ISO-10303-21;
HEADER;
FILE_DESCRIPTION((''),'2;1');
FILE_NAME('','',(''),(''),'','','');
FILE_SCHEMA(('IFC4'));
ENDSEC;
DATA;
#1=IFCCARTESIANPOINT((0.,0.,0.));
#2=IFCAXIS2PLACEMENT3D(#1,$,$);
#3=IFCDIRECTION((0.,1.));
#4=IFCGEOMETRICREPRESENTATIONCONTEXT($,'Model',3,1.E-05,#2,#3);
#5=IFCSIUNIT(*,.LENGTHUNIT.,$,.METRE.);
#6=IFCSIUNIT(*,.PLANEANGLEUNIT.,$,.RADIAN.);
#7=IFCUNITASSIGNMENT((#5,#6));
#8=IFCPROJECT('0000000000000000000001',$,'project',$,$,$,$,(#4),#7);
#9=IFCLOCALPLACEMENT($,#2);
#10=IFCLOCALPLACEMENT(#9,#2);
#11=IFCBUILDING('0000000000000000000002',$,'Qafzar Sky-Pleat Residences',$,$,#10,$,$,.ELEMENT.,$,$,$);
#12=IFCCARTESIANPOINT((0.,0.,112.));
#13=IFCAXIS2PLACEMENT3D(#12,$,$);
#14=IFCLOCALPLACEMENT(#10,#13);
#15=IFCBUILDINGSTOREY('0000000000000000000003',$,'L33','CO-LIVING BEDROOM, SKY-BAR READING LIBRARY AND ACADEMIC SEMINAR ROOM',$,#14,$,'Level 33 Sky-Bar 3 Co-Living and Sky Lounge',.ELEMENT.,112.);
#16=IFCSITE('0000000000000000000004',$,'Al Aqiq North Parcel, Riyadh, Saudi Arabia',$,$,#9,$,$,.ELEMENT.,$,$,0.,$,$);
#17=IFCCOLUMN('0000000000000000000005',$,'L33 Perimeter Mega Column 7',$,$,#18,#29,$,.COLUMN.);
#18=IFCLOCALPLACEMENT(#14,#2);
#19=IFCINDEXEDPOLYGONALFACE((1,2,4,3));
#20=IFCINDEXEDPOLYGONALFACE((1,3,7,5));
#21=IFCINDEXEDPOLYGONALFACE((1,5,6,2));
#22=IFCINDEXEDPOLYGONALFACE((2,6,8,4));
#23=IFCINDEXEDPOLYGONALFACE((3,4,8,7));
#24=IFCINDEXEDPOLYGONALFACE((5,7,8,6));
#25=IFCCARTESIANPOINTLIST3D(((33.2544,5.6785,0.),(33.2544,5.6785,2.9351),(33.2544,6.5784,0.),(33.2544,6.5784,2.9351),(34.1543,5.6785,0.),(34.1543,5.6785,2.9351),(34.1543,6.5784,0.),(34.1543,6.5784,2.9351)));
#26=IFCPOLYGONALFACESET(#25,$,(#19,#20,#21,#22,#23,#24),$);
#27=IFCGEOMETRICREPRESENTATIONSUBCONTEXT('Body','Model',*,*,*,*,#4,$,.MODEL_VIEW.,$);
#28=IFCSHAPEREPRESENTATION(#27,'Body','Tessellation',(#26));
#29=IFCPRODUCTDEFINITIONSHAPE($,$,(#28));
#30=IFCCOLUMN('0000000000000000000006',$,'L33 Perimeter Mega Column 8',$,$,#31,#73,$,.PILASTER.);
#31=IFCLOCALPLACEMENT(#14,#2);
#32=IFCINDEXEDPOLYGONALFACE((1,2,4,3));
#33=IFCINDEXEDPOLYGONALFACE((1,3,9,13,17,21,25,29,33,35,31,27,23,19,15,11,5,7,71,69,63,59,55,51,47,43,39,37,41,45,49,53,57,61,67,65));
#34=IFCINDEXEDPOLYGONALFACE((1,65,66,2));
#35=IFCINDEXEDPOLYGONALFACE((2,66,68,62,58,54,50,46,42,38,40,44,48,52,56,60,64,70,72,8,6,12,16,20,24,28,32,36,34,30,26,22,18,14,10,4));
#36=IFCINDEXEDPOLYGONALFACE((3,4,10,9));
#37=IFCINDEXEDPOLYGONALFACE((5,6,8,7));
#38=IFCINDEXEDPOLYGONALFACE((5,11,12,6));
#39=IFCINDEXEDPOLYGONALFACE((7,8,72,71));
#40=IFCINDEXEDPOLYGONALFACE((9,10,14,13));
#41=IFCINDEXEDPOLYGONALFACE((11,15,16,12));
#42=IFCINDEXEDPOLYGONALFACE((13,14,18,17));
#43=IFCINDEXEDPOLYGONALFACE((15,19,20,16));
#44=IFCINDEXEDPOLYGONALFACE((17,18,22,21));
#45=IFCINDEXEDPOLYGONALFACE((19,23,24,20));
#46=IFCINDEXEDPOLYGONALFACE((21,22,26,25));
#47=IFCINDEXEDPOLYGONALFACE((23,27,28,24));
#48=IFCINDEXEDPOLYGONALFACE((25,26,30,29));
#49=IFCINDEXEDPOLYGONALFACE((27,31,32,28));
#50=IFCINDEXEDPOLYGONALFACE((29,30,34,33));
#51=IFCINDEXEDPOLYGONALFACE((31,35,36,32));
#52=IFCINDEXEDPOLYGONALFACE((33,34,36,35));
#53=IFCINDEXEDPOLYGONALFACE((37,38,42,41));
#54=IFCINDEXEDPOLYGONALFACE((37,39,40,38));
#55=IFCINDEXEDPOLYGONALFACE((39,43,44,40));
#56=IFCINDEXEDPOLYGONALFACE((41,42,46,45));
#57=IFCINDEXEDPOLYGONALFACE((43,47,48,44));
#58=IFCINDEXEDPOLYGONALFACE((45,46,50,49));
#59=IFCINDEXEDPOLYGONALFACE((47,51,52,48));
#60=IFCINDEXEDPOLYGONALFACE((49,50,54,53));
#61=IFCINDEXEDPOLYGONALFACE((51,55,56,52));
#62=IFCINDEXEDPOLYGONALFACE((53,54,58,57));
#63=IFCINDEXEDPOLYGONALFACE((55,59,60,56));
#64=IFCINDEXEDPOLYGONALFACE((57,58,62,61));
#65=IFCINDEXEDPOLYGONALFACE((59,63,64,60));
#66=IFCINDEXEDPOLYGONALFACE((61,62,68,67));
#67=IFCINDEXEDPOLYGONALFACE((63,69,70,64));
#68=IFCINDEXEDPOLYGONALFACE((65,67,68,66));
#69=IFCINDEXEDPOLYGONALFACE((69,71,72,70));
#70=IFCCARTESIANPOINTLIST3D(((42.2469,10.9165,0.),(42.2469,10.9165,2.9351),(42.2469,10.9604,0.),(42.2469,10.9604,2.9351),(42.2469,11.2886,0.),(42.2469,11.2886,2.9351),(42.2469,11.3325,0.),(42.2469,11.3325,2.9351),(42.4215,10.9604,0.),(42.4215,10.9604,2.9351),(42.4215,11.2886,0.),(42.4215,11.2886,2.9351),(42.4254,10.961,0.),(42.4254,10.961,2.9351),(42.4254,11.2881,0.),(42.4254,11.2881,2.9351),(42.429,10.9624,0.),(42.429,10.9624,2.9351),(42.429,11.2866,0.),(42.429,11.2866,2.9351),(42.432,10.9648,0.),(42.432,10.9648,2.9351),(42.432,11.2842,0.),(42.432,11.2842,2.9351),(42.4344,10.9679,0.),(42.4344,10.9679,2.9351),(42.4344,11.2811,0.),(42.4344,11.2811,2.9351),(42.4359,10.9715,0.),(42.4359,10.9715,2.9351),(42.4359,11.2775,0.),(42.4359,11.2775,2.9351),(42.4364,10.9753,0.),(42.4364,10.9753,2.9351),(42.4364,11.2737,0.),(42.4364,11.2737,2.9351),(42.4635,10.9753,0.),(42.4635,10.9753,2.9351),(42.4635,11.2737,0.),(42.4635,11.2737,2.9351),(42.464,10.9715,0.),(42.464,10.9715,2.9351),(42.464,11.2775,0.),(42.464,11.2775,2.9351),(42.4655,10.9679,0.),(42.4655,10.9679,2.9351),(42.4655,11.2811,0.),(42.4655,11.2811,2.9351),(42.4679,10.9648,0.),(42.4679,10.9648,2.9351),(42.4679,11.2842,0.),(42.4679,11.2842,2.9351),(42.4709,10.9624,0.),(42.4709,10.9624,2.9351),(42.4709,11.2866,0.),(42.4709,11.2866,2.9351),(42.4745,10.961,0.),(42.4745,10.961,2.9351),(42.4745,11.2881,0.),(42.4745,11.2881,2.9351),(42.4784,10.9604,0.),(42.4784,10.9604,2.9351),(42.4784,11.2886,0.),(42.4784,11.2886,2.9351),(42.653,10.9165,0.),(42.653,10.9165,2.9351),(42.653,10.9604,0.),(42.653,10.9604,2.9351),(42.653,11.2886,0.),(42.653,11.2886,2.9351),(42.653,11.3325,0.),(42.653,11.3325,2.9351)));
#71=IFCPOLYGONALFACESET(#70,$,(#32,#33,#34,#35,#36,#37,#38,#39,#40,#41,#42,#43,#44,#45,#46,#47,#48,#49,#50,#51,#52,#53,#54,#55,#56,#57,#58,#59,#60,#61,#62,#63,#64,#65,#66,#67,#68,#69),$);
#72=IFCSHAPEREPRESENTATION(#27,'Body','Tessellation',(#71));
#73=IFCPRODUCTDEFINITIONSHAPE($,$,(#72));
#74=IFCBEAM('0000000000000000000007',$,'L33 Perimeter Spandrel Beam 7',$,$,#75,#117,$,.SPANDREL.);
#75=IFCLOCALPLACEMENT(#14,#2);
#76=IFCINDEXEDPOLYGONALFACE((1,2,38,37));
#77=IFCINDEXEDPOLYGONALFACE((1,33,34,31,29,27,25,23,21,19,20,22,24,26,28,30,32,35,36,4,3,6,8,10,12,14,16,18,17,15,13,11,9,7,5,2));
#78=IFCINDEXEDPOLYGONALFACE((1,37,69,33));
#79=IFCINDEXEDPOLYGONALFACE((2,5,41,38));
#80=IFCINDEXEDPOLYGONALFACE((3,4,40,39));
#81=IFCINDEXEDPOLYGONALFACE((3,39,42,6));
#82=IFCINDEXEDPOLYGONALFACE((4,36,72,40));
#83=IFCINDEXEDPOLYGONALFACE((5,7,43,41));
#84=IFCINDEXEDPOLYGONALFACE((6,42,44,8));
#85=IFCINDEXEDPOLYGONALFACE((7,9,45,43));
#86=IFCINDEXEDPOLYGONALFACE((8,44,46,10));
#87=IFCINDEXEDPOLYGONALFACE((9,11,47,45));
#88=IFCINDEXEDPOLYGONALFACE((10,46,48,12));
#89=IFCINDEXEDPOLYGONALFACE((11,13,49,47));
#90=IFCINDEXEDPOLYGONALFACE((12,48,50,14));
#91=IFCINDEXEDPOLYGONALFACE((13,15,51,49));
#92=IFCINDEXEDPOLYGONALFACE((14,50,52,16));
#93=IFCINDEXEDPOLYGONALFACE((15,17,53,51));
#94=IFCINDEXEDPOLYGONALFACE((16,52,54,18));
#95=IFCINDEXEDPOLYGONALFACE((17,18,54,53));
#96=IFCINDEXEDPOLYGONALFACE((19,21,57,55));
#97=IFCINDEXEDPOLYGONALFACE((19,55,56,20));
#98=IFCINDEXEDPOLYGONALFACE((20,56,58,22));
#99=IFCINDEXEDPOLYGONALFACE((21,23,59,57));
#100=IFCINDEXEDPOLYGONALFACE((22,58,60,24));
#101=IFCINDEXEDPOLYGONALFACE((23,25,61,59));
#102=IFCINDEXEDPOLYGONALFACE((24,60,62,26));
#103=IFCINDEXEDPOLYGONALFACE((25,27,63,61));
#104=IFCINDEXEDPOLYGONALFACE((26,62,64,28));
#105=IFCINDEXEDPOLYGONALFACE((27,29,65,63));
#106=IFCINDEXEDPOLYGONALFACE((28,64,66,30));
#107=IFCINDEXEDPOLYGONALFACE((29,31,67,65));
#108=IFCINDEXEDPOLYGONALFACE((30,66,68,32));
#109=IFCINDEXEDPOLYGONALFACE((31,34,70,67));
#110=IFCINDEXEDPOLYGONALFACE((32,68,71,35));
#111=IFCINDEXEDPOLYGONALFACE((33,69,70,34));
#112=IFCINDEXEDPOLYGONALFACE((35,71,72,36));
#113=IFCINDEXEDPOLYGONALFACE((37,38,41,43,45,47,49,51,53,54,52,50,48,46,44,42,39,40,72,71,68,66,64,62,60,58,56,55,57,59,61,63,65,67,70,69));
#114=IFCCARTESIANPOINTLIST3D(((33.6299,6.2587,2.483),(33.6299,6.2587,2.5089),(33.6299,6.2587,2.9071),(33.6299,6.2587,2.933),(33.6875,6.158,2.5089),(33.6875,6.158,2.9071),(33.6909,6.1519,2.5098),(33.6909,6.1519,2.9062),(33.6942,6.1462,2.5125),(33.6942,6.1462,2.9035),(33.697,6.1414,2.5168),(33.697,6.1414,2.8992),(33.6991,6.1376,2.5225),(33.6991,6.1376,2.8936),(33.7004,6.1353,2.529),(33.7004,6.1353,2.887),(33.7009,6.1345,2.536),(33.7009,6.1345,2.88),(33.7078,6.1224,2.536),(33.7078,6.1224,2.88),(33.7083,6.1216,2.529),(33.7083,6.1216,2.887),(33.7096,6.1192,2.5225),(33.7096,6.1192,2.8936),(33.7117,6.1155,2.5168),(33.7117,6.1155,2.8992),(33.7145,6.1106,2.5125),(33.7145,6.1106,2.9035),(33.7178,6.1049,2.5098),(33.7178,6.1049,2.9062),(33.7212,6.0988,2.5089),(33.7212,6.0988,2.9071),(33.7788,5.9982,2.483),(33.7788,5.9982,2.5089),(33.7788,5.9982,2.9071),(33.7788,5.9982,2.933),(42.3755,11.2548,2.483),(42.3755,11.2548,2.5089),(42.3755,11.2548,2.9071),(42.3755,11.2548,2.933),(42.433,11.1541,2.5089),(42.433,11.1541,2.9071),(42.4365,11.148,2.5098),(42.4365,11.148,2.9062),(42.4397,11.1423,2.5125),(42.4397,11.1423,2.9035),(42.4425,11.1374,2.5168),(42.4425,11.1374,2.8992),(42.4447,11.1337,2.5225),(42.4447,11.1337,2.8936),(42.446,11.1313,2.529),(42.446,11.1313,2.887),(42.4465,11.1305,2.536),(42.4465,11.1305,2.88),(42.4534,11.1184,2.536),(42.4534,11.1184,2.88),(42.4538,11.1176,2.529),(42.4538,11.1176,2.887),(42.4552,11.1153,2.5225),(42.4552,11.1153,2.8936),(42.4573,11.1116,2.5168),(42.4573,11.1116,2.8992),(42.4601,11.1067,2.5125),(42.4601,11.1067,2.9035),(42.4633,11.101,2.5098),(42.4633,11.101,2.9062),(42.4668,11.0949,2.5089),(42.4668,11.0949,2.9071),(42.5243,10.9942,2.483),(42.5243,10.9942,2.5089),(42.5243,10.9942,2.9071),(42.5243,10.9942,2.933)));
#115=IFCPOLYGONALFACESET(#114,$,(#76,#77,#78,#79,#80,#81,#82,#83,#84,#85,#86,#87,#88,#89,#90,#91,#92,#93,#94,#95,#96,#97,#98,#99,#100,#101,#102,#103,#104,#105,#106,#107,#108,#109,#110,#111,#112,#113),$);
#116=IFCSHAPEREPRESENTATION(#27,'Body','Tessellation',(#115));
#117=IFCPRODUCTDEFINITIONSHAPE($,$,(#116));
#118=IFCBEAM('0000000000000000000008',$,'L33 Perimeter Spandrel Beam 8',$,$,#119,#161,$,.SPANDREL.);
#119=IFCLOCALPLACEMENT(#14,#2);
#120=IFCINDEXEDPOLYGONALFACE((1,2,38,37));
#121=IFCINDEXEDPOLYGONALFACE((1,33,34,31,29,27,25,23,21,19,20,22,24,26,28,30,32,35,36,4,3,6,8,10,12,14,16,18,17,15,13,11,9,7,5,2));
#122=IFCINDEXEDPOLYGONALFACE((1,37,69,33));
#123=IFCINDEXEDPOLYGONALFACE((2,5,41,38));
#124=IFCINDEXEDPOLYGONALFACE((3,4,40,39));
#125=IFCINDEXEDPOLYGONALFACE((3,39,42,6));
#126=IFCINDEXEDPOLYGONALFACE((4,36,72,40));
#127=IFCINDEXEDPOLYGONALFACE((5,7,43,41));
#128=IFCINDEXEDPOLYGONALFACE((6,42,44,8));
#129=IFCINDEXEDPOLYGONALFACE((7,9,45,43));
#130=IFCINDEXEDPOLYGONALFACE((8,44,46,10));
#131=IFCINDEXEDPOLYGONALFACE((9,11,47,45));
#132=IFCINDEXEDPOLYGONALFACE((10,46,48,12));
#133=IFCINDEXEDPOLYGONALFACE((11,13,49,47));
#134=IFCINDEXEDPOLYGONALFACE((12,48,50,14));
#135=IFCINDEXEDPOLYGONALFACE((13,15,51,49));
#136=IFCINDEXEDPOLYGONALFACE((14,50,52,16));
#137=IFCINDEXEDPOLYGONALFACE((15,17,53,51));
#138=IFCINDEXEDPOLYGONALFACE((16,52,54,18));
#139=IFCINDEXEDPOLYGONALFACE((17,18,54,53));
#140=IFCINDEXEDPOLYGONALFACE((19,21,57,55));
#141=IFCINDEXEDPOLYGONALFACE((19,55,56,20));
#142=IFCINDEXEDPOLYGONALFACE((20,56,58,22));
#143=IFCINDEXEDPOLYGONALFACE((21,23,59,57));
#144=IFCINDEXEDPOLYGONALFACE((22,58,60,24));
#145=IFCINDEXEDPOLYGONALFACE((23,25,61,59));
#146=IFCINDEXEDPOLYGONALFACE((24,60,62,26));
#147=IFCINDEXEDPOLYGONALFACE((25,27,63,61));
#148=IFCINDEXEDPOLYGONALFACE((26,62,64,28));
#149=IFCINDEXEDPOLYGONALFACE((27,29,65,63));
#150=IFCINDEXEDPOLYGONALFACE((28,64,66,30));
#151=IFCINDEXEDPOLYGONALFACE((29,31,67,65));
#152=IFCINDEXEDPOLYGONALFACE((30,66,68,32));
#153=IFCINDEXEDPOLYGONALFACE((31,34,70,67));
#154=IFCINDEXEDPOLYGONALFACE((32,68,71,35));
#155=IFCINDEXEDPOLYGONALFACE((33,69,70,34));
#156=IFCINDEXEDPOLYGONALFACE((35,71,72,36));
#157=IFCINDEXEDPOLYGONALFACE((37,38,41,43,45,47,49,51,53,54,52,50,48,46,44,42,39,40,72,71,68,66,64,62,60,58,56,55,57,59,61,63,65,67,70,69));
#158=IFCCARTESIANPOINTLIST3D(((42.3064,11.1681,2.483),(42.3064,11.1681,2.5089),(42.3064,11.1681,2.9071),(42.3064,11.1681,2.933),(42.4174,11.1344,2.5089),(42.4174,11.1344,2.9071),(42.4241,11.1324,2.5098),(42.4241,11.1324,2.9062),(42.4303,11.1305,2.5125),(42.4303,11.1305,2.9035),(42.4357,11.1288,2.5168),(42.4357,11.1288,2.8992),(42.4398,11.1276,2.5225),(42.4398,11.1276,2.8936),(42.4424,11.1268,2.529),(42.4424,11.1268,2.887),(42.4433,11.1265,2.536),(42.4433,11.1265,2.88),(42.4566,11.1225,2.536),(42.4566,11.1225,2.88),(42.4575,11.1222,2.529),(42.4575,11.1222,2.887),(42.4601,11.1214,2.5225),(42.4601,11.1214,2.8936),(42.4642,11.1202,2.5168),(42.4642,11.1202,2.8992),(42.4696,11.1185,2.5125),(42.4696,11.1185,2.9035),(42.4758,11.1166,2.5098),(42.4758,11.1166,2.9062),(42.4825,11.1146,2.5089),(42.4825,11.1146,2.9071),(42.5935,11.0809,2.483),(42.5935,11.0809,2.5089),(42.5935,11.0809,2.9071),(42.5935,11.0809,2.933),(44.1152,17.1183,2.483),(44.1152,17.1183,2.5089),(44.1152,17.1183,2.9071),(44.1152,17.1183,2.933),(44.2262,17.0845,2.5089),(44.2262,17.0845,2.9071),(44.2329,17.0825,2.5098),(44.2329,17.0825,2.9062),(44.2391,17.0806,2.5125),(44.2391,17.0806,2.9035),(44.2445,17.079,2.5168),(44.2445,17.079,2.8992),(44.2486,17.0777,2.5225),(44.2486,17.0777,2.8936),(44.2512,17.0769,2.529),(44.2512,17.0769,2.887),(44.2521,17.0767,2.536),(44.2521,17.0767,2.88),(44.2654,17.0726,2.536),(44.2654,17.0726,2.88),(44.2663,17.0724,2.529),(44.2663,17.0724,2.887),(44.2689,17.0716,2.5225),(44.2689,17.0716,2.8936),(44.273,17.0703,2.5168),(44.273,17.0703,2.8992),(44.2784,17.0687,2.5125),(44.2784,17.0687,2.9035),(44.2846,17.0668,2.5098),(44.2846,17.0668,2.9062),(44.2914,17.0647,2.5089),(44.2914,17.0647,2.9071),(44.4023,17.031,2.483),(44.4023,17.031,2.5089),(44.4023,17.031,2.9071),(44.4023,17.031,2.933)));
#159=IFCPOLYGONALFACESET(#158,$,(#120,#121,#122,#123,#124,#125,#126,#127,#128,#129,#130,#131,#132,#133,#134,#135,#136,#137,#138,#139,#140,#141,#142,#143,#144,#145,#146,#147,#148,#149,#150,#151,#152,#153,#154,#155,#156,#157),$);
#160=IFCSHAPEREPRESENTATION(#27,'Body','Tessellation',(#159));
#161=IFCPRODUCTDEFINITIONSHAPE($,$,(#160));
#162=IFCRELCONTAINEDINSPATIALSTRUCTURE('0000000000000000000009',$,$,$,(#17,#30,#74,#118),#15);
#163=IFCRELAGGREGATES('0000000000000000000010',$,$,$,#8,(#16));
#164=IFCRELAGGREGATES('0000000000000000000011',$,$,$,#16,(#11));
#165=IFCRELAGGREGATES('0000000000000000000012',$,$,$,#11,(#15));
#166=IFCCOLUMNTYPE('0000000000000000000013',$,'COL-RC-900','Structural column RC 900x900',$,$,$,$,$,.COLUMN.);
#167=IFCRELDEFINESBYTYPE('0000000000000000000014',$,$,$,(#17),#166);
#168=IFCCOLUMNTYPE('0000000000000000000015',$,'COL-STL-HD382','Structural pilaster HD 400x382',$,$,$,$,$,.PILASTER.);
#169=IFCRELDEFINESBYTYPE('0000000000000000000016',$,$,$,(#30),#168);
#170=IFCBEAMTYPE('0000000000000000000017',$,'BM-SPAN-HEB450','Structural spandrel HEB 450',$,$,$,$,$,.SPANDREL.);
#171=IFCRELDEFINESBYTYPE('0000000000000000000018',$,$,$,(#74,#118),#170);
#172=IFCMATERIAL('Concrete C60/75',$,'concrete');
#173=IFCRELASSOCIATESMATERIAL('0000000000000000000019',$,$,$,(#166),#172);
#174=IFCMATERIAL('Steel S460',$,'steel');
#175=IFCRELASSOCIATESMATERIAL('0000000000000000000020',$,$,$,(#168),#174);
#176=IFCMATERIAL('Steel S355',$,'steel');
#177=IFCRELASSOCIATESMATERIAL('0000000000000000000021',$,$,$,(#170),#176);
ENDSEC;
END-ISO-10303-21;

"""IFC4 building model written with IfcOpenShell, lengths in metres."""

from ifc_helpers import new_model, si_unit, direction, frame, origin, origin_2d, place, context, subcontext, project, spatial, rectangle, i_section, extrude, source, transform, mapped, material, material_profile, profile_set, type_object, element, save


model = new_model("IFC4")

# Units and contexts
model_context = context("Model", 3, precision=1e-05, world=origin(), true_north=direction((0.0, 1.0)))
body_context = subcontext(model_context, "Body", "Model", "MODEL_VIEW")
ifc_project = project(units=[si_unit("LENGTHUNIT", "METRE"), si_unit("PLANEANGLEUNIT", "RADIAN")], contexts=[model_context])

# Site, building, storey
site_placement = place(None, origin())
site = spatial("IfcSite", under=ifc_project, at=site_placement, Name="Al Aqiq North Parcel, Riyadh, Saudi Arabia", CompositionType="ELEMENT", RefElevation=0.0)
building_placement = place(site_placement, origin())
building = spatial("IfcBuilding", under=site, at=building_placement, Name="Qafzar Sky-Pleat Residences", CompositionType="ELEMENT")
storey_placement = place(building_placement, frame((0.0, 0.0, 112.0)))
storey = spatial("IfcBuildingStorey", under=building, at=storey_placement, Name="L33", Description="CO-LIVING BEDROOM, SKY-BAR READING LIBRARY AND ACADEMIC SEMINAR ROOM", LongName="Level 33 Sky-Bar 3 Co-Living and Sky Lounge", CompositionType="ELEMENT", Elevation=112.0)

# Columns
ifc_material_1 = material(Name="Concrete C60/75", Category="concrete")
ifc_material_profile_1 = material_profile(ifc_material_1, rectangle(XDim=0.8999, YDim=0.8999, at=origin_2d()), Name="RC 900x900")
ifc_profile_set_1 = profile_set([ifc_material_profile_1], Name="Concrete C60/75")
column_type_1 = type_object("IfcColumnType", Name="COL-RC-900", Description="Structural column RC 900x900", PredefinedType="COLUMN", material=ifc_profile_set_1)
shared_shape_1 = source(origin(), body_context, "Body", "SweptSolid", [
    extrude(rectangle(XDim=0.8999, YDim=0.8999, at=origin_2d()), origin(), (0.0, 0.0, 1.0), 2.9351),
])
column_1_placement = place(storey_placement, frame((33.7043, 6.1284, 0.0), z_axis=(0.0, 0.0, 1.0), x_axis=(1.0, 0.0, 0.0)))
element("IfcColumn", 1, at=column_1_placement, inside=storey, type_object=column_type_1, Name="L33 Perimeter Mega Column 7", PredefinedType="COLUMN", context=body_context, shape_type="MappedRepresentation", body=[
    mapped(shared_shape_1, transform((0.0, 0.0, 0.0), x_axis=(1.0, 0.0, 0.0), y_axis=(0.0, 1.0, 0.0), z_axis=(0.0, 0.0, 1.0), scale=1.0)),
])
ifc_material_2 = material(Name="Steel S460", Category="steel")
ifc_material_profile_2 = material_profile(ifc_material_2, i_section(OverallWidth=0.406, OverallDepth=0.416, WebThickness=0.0271, FlangeThickness=0.0439, FilletRadius=0.0149, at=origin_2d()), Name="HD 400x382")
ifc_profile_set_2 = profile_set([ifc_material_profile_2], Name="Steel S460")
column_type_2 = type_object("IfcColumnType", Name="COL-STL-HD382", Description="Structural pilaster HD 400x382", PredefinedType="PILASTER", material=ifc_profile_set_2)
shared_shape_2 = source(origin(), body_context, "Body", "SweptSolid", [
    extrude(i_section(OverallWidth=0.406, OverallDepth=0.416, WebThickness=0.0271, FlangeThickness=0.0439, FilletRadius=0.0149, at=origin_2d()), origin(), (0.0, 0.0, 1.0), 2.9351),
])
column_2_placement = place(storey_placement, frame((42.45, 11.1245, 0.0), z_axis=(0.0, 0.0, 1.0), x_axis=(1.0, 0.0, 0.0)))
element("IfcColumn", 2, at=column_2_placement, inside=storey, type_object=column_type_2, Name="L33 Perimeter Mega Column 8", PredefinedType="PILASTER", context=body_context, shape_type="MappedRepresentation", body=[
    mapped(shared_shape_2, transform((0.0, 0.0, 0.0), x_axis=(1.0, 0.0, 0.0), y_axis=(0.0, 1.0, 0.0), z_axis=(0.0, 0.0, 1.0), scale=1.0)),
])

# Beams
ifc_material_3 = material(Name="Steel S355", Category="steel")
ifc_material_profile_3 = material_profile(ifc_material_3, i_section(OverallWidth=0.3, OverallDepth=0.45, WebThickness=0.0139, FlangeThickness=0.0259, FilletRadius=0.0271, at=origin_2d()), Name="HEB 450")
ifc_profile_set_3 = profile_set([ifc_material_profile_3], Name="Steel S355")
beam_type_1 = type_object("IfcBeamType", Name="BM-SPAN-HEB450", Description="Structural spandrel HEB 450", PredefinedType="SPANDREL", material=ifc_profile_set_3)
shared_shape_3 = source(origin(), body_context, "Body", "SweptSolid", [
    extrude(i_section(OverallWidth=0.3, OverallDepth=0.45, WebThickness=0.0139, FlangeThickness=0.0259, FilletRadius=0.0271, at=origin_2d()), origin(), (0.0, 0.0, 1.0), 10.072),
])
beam_1_placement = place(storey_placement, frame((33.7043, 6.1284, 2.708), z_axis=(0.868303, 0.496035, 0.0), x_axis=(-0.496035, 0.868303, 0.0)))
element("IfcBeam", 3, at=beam_1_placement, inside=storey, type_object=beam_type_1, Name="L33 Perimeter Spandrel Beam 7", PredefinedType="SPANDREL", context=body_context, shape_type="MappedRepresentation", body=[
    mapped(shared_shape_3, transform((0.0, 0.0, 0.0), x_axis=(1.0, 0.0, 0.0), y_axis=(0.0, 1.0, 0.0), z_axis=(0.0, 0.0, 1.0), scale=1.0)),
])
shared_shape_4 = source(origin(), body_context, "Body", "SweptSolid", [
    extrude(i_section(OverallWidth=0.3, OverallDepth=0.45, WebThickness=0.0139, FlangeThickness=0.0259, FilletRadius=0.0271, at=origin_2d()), origin(), (0.0, 0.0, 1.0), 6.219),
])
beam_2_placement = place(storey_placement, frame((42.45, 11.1245, 2.708), z_axis=(0.290854, 0.956767, 0.0), x_axis=(-0.956767, 0.290854, 0.0)))
element("IfcBeam", 4, at=beam_2_placement, inside=storey, type_object=beam_type_1, Name="L33 Perimeter Spandrel Beam 8", PredefinedType="SPANDREL", context=body_context, shape_type="MappedRepresentation", body=[
    mapped(shared_shape_4, transform((0.0, 0.0, 0.0), x_axis=(1.0, 0.0, 0.0), y_axis=(0.0, 1.0, 0.0), z_axis=(0.0, 0.0, 1.0), scale=1.0)),
])

save(model, "model.ifc")
